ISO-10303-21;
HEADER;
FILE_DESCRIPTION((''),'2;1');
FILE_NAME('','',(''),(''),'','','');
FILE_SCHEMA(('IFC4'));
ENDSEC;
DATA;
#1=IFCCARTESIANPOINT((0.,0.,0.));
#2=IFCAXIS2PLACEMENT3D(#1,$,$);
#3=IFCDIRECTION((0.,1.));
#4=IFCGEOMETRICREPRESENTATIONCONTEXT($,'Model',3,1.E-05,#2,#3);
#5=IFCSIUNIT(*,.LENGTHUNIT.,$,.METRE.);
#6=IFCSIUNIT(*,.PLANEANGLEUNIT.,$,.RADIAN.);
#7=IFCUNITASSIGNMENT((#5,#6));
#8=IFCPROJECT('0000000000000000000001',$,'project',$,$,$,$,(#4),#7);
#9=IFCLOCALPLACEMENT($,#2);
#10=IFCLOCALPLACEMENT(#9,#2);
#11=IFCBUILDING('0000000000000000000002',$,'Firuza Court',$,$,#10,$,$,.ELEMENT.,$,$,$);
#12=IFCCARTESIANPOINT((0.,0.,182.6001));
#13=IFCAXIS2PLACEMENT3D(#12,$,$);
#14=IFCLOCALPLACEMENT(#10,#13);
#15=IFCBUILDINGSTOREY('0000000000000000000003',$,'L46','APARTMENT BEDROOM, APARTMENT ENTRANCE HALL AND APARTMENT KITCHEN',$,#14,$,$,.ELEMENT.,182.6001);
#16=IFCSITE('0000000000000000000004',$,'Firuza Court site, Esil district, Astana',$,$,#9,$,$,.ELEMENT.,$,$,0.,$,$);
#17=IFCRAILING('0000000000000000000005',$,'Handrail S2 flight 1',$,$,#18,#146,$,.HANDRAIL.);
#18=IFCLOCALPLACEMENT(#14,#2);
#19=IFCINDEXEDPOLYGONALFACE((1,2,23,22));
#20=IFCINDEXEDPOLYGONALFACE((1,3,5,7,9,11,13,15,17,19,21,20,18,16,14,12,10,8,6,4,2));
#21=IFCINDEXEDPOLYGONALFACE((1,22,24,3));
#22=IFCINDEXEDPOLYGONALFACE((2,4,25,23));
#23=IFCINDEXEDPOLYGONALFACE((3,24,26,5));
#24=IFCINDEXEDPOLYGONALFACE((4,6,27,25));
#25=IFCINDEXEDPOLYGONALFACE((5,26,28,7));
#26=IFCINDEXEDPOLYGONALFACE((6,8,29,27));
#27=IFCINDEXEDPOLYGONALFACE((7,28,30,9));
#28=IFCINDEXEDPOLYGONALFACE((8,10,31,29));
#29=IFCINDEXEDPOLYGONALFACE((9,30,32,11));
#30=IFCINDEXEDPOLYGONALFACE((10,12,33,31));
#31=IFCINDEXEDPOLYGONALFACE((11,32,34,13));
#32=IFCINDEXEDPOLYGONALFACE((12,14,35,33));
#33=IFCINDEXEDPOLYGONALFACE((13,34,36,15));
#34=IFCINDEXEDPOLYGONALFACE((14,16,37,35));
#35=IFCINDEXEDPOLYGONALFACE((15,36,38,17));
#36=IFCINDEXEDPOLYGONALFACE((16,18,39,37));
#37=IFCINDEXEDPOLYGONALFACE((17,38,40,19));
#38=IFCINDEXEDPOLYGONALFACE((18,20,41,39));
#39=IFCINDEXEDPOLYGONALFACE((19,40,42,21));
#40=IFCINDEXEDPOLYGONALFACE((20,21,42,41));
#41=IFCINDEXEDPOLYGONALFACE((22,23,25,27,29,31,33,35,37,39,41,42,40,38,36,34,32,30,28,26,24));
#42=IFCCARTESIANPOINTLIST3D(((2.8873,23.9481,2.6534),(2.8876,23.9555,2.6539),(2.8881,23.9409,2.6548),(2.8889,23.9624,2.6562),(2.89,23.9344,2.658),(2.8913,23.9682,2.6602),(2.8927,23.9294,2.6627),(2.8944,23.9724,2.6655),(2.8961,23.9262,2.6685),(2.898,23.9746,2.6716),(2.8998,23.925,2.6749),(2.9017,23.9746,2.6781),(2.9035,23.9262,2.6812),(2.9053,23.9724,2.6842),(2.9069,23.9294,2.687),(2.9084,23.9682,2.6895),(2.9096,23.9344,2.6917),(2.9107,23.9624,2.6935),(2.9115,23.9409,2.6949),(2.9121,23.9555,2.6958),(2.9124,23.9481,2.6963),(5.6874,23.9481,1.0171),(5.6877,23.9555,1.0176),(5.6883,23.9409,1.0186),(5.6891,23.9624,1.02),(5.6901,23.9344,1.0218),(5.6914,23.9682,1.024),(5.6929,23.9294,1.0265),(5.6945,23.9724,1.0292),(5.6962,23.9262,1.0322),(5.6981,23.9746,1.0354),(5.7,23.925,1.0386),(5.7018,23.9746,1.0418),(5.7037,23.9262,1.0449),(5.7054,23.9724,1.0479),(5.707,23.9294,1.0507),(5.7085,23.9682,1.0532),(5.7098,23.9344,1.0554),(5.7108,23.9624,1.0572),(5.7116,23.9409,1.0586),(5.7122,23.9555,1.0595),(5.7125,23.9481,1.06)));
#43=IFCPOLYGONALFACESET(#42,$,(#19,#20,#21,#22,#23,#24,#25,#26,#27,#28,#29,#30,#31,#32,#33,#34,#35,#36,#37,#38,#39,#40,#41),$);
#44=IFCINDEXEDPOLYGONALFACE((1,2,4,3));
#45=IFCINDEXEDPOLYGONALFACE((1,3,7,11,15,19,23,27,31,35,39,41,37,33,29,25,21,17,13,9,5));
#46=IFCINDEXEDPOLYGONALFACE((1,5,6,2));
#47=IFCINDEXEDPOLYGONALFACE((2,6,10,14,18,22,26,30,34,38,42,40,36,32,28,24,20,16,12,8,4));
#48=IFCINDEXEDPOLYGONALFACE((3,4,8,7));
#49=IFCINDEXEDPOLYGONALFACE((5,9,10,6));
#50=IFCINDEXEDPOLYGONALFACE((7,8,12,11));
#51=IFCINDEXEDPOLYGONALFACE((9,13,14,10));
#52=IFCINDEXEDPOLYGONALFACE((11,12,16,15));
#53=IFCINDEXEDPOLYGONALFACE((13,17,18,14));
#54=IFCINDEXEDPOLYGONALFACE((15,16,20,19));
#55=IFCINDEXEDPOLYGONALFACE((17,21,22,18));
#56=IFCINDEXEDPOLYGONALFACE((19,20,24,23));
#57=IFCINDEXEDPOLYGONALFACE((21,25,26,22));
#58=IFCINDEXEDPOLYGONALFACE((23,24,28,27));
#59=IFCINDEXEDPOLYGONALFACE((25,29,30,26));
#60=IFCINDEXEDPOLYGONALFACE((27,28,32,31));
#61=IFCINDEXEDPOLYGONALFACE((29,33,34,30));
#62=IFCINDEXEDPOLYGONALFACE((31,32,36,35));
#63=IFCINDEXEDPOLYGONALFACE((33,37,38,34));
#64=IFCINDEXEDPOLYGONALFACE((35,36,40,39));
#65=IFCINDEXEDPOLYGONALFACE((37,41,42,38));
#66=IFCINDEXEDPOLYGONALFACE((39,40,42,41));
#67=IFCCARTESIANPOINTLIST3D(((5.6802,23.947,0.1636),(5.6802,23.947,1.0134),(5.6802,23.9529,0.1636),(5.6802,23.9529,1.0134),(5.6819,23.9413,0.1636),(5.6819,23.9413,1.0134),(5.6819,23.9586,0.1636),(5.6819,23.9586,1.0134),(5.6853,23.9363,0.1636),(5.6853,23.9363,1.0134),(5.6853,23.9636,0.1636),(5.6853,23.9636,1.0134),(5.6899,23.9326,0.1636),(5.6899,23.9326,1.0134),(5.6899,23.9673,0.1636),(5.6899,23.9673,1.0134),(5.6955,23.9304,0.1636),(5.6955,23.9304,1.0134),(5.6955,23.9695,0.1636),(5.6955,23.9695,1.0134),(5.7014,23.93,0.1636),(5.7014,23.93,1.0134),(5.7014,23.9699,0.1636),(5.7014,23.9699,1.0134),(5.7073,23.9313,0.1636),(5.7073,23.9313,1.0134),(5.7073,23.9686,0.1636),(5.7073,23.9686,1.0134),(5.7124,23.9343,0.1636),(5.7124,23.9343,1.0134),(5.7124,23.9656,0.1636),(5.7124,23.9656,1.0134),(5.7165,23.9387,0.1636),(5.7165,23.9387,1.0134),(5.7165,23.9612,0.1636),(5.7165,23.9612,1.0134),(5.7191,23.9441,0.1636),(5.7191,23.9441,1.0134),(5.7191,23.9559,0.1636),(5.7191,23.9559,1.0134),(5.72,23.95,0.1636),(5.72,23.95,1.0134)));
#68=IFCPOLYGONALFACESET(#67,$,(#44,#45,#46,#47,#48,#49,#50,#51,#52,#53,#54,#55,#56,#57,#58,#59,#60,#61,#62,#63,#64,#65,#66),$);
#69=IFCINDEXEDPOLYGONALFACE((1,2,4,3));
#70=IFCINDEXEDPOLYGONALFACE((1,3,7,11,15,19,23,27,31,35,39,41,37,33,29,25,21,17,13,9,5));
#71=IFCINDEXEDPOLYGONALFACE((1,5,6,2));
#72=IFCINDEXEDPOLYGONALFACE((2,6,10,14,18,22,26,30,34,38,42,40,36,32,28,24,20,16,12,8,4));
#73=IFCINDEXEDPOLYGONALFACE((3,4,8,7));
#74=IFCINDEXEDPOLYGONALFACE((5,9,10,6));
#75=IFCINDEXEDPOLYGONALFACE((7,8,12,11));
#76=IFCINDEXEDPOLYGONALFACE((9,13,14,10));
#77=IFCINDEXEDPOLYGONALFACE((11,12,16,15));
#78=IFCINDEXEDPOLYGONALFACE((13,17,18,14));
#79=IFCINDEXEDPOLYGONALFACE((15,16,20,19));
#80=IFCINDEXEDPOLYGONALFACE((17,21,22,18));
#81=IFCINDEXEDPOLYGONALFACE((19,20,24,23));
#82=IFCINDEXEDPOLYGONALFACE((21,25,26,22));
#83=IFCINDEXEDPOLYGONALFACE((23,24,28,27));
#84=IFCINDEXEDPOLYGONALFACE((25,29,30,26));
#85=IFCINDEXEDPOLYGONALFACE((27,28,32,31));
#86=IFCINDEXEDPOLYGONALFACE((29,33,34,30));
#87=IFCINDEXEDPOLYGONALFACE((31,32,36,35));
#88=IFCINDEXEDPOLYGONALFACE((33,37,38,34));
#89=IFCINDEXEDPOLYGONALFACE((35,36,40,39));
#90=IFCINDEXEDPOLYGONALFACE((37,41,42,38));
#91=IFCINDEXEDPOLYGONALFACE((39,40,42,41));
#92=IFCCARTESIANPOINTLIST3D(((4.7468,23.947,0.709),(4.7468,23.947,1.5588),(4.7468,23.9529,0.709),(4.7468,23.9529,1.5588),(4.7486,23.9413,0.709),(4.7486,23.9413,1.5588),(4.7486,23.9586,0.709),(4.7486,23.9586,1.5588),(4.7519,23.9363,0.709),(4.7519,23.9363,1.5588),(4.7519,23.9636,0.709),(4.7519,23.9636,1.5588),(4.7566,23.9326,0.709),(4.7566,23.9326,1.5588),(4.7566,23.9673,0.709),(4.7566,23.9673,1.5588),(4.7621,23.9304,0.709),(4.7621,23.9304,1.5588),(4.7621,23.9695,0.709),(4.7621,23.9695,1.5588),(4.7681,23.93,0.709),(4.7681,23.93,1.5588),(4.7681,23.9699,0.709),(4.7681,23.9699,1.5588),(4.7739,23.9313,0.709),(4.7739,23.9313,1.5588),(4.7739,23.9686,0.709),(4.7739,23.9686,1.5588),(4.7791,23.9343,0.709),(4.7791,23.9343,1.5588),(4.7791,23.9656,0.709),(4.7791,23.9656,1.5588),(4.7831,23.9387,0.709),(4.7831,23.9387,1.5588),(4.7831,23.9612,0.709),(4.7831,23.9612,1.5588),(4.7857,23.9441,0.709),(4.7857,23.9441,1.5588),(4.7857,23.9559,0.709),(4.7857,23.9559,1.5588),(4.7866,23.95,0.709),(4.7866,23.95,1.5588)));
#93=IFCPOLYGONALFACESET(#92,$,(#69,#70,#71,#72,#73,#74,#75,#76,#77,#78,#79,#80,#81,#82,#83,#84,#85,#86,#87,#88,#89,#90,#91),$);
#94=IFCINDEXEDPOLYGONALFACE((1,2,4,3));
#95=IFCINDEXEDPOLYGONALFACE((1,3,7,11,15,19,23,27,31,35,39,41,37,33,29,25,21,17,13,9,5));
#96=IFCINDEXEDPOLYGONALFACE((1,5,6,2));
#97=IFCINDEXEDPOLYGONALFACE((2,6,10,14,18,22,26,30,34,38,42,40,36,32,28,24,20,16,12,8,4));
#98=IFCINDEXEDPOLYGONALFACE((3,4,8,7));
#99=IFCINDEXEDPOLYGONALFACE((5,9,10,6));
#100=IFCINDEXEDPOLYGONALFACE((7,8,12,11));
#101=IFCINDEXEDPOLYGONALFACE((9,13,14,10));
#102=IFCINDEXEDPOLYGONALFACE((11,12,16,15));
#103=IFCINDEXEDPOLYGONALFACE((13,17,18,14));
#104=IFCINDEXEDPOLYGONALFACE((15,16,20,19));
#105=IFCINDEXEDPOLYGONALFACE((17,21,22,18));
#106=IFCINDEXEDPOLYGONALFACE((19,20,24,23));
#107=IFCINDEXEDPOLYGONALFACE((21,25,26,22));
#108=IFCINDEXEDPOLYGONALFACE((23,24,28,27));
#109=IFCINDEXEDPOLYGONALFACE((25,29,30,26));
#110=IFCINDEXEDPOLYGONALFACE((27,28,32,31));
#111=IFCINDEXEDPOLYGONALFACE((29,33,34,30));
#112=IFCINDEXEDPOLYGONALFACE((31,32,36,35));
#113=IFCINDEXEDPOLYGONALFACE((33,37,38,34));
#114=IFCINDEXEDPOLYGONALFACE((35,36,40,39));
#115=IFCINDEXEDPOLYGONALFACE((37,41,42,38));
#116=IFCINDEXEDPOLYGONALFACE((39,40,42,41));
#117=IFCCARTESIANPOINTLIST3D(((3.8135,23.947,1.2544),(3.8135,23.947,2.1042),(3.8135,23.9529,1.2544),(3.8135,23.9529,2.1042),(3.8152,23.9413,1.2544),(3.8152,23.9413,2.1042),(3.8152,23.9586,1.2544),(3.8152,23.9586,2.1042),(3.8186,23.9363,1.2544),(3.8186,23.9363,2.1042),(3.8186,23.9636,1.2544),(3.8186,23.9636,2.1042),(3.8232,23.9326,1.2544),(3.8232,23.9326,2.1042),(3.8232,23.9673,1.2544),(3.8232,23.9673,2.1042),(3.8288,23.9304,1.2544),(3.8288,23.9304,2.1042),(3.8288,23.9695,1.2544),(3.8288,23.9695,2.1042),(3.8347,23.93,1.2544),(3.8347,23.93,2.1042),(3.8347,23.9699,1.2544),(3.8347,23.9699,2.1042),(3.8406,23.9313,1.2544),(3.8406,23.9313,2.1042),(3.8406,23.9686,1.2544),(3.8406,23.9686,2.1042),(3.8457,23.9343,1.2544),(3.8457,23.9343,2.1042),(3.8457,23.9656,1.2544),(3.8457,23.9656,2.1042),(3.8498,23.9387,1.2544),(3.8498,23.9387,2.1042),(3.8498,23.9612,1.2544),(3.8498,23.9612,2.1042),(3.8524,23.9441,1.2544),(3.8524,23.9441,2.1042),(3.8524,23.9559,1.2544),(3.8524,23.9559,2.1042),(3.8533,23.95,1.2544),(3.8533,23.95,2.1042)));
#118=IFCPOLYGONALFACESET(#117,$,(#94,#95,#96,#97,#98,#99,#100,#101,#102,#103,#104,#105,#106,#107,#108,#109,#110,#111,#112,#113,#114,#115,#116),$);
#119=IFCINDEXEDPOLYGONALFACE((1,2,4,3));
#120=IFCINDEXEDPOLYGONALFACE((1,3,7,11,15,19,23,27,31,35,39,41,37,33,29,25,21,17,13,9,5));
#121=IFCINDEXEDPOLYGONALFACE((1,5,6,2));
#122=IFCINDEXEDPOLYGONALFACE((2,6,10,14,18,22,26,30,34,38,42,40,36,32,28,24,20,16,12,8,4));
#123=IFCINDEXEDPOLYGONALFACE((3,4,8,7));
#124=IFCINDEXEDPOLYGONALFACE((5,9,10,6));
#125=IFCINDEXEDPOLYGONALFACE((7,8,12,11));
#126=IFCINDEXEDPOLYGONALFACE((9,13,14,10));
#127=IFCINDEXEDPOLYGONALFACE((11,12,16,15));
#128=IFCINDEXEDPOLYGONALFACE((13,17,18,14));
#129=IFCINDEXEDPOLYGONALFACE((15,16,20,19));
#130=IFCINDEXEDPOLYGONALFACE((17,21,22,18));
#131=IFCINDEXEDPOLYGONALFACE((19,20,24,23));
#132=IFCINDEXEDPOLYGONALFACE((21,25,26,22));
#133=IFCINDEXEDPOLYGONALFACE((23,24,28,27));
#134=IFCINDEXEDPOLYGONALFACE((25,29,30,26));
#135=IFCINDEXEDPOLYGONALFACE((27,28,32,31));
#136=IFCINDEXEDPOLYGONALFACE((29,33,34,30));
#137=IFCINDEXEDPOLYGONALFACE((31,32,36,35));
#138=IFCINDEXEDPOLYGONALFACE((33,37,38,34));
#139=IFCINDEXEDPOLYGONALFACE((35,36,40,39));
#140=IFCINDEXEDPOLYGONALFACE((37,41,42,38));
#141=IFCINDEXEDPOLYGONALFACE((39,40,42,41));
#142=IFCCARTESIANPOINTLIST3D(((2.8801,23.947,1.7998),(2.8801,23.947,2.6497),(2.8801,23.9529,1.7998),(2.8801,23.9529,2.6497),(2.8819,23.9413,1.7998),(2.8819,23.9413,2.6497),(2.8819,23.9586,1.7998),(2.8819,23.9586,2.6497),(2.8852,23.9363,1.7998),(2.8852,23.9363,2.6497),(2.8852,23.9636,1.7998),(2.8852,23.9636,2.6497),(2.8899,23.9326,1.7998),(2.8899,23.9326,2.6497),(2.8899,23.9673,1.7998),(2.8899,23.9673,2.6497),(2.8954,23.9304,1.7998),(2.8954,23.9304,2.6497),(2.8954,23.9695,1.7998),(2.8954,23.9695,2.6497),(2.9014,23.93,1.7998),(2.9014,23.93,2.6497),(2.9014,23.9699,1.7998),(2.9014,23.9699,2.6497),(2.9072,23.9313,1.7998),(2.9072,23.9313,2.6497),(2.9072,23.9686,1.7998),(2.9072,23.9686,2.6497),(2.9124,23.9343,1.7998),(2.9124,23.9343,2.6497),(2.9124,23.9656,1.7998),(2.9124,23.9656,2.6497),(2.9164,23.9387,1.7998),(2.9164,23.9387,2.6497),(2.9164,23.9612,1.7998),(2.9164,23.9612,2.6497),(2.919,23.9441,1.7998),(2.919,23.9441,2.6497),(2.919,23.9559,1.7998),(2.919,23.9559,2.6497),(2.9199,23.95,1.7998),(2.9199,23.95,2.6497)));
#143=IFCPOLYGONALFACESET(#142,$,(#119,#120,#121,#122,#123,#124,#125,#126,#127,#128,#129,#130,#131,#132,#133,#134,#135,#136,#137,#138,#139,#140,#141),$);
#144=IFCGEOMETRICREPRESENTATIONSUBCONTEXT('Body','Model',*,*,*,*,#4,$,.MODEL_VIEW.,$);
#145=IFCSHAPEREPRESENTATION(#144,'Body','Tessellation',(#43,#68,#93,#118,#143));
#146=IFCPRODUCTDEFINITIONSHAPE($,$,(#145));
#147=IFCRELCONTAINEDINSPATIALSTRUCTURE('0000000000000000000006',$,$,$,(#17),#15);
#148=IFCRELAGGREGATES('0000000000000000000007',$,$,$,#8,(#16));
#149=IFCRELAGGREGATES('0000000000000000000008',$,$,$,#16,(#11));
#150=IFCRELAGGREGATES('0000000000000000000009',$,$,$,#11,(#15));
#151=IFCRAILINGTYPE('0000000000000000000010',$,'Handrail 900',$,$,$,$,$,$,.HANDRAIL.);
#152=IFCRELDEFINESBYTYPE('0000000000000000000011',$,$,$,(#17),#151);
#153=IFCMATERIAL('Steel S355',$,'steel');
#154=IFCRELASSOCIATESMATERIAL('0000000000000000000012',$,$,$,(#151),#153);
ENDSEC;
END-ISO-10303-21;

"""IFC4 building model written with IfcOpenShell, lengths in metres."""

from ifc_helpers import new_model, si_unit, direction, frame, origin, origin_2d, place, context, subcontext, project, spatial, circle, extrude, material, type_object, element, save


model = new_model("IFC4")

# Units and contexts
model_context = context("Model", 3, precision=1e-05, world=origin(), true_north=direction((0.0, 1.0)))
body_context = subcontext(model_context, "Body", "Model", "MODEL_VIEW")
ifc_project = project(units=[si_unit("LENGTHUNIT", "METRE"), si_unit("PLANEANGLEUNIT", "RADIAN")], contexts=[model_context])

# Site, building, storey
site_placement = place(None, origin())
site = spatial("IfcSite", under=ifc_project, at=site_placement, Name="Firuza Court site, Esil district, Astana", CompositionType="ELEMENT", RefElevation=0.0)
building_placement = place(site_placement, origin())
building = spatial("IfcBuilding", under=site, at=building_placement, Name="Firuza Court", CompositionType="ELEMENT")
storey_placement = place(building_placement, frame((0.0, 0.0, 182.6001)))
storey = spatial("IfcBuildingStorey", under=building, at=storey_placement, Name="L46", Description="APARTMENT BEDROOM, APARTMENT ENTRANCE HALL AND APARTMENT KITCHEN", CompositionType="ELEMENT", Elevation=182.6001)

# Railing
ifc_material_1 = material(Name="Steel S355", Category="steel")
railing_type_1 = type_object("IfcRailingType", Name="Handrail 900", PredefinedType="HANDRAIL", material=ifc_material_1)
railing_1_placement = place(storey_placement, frame((5.7, 23.95, 0.1636)))
element("IfcRailing", 1, at=railing_1_placement, inside=storey, type_object=railing_type_1, Name="Handrail S2 flight 1", PredefinedType="HANDRAIL", context=body_context, shape_type="SweptSolid", body=[
    extrude(circle(Radius=0.0249, at=origin_2d()), frame((0.0, 0.0, 0.875), z_axis=(-0.863394, 0.0, 0.504531), x_axis=(0.0, -1.0, 0.0)), (0.0, 0.0, 1.0), 3.2432),
    extrude(circle(Radius=0.02, at=origin_2d()), origin(), (0.0, 0.0, 1.0), 0.8499),
    extrude(circle(Radius=0.02, at=origin_2d()), frame((-0.9333, 0.0, 0.5454)), (0.0, 0.0, 1.0), 0.8499),
    extrude(circle(Radius=0.02, at=origin_2d()), frame((-1.8667, 0.0, 1.0908)), (0.0, 0.0, 1.0), 0.8499),
    extrude(circle(Radius=0.02, at=origin_2d()), frame((-2.8, 0.0, 1.6362)), (0.0, 0.0, 1.0), 0.8499),
])

save(model, "model.ifc")
